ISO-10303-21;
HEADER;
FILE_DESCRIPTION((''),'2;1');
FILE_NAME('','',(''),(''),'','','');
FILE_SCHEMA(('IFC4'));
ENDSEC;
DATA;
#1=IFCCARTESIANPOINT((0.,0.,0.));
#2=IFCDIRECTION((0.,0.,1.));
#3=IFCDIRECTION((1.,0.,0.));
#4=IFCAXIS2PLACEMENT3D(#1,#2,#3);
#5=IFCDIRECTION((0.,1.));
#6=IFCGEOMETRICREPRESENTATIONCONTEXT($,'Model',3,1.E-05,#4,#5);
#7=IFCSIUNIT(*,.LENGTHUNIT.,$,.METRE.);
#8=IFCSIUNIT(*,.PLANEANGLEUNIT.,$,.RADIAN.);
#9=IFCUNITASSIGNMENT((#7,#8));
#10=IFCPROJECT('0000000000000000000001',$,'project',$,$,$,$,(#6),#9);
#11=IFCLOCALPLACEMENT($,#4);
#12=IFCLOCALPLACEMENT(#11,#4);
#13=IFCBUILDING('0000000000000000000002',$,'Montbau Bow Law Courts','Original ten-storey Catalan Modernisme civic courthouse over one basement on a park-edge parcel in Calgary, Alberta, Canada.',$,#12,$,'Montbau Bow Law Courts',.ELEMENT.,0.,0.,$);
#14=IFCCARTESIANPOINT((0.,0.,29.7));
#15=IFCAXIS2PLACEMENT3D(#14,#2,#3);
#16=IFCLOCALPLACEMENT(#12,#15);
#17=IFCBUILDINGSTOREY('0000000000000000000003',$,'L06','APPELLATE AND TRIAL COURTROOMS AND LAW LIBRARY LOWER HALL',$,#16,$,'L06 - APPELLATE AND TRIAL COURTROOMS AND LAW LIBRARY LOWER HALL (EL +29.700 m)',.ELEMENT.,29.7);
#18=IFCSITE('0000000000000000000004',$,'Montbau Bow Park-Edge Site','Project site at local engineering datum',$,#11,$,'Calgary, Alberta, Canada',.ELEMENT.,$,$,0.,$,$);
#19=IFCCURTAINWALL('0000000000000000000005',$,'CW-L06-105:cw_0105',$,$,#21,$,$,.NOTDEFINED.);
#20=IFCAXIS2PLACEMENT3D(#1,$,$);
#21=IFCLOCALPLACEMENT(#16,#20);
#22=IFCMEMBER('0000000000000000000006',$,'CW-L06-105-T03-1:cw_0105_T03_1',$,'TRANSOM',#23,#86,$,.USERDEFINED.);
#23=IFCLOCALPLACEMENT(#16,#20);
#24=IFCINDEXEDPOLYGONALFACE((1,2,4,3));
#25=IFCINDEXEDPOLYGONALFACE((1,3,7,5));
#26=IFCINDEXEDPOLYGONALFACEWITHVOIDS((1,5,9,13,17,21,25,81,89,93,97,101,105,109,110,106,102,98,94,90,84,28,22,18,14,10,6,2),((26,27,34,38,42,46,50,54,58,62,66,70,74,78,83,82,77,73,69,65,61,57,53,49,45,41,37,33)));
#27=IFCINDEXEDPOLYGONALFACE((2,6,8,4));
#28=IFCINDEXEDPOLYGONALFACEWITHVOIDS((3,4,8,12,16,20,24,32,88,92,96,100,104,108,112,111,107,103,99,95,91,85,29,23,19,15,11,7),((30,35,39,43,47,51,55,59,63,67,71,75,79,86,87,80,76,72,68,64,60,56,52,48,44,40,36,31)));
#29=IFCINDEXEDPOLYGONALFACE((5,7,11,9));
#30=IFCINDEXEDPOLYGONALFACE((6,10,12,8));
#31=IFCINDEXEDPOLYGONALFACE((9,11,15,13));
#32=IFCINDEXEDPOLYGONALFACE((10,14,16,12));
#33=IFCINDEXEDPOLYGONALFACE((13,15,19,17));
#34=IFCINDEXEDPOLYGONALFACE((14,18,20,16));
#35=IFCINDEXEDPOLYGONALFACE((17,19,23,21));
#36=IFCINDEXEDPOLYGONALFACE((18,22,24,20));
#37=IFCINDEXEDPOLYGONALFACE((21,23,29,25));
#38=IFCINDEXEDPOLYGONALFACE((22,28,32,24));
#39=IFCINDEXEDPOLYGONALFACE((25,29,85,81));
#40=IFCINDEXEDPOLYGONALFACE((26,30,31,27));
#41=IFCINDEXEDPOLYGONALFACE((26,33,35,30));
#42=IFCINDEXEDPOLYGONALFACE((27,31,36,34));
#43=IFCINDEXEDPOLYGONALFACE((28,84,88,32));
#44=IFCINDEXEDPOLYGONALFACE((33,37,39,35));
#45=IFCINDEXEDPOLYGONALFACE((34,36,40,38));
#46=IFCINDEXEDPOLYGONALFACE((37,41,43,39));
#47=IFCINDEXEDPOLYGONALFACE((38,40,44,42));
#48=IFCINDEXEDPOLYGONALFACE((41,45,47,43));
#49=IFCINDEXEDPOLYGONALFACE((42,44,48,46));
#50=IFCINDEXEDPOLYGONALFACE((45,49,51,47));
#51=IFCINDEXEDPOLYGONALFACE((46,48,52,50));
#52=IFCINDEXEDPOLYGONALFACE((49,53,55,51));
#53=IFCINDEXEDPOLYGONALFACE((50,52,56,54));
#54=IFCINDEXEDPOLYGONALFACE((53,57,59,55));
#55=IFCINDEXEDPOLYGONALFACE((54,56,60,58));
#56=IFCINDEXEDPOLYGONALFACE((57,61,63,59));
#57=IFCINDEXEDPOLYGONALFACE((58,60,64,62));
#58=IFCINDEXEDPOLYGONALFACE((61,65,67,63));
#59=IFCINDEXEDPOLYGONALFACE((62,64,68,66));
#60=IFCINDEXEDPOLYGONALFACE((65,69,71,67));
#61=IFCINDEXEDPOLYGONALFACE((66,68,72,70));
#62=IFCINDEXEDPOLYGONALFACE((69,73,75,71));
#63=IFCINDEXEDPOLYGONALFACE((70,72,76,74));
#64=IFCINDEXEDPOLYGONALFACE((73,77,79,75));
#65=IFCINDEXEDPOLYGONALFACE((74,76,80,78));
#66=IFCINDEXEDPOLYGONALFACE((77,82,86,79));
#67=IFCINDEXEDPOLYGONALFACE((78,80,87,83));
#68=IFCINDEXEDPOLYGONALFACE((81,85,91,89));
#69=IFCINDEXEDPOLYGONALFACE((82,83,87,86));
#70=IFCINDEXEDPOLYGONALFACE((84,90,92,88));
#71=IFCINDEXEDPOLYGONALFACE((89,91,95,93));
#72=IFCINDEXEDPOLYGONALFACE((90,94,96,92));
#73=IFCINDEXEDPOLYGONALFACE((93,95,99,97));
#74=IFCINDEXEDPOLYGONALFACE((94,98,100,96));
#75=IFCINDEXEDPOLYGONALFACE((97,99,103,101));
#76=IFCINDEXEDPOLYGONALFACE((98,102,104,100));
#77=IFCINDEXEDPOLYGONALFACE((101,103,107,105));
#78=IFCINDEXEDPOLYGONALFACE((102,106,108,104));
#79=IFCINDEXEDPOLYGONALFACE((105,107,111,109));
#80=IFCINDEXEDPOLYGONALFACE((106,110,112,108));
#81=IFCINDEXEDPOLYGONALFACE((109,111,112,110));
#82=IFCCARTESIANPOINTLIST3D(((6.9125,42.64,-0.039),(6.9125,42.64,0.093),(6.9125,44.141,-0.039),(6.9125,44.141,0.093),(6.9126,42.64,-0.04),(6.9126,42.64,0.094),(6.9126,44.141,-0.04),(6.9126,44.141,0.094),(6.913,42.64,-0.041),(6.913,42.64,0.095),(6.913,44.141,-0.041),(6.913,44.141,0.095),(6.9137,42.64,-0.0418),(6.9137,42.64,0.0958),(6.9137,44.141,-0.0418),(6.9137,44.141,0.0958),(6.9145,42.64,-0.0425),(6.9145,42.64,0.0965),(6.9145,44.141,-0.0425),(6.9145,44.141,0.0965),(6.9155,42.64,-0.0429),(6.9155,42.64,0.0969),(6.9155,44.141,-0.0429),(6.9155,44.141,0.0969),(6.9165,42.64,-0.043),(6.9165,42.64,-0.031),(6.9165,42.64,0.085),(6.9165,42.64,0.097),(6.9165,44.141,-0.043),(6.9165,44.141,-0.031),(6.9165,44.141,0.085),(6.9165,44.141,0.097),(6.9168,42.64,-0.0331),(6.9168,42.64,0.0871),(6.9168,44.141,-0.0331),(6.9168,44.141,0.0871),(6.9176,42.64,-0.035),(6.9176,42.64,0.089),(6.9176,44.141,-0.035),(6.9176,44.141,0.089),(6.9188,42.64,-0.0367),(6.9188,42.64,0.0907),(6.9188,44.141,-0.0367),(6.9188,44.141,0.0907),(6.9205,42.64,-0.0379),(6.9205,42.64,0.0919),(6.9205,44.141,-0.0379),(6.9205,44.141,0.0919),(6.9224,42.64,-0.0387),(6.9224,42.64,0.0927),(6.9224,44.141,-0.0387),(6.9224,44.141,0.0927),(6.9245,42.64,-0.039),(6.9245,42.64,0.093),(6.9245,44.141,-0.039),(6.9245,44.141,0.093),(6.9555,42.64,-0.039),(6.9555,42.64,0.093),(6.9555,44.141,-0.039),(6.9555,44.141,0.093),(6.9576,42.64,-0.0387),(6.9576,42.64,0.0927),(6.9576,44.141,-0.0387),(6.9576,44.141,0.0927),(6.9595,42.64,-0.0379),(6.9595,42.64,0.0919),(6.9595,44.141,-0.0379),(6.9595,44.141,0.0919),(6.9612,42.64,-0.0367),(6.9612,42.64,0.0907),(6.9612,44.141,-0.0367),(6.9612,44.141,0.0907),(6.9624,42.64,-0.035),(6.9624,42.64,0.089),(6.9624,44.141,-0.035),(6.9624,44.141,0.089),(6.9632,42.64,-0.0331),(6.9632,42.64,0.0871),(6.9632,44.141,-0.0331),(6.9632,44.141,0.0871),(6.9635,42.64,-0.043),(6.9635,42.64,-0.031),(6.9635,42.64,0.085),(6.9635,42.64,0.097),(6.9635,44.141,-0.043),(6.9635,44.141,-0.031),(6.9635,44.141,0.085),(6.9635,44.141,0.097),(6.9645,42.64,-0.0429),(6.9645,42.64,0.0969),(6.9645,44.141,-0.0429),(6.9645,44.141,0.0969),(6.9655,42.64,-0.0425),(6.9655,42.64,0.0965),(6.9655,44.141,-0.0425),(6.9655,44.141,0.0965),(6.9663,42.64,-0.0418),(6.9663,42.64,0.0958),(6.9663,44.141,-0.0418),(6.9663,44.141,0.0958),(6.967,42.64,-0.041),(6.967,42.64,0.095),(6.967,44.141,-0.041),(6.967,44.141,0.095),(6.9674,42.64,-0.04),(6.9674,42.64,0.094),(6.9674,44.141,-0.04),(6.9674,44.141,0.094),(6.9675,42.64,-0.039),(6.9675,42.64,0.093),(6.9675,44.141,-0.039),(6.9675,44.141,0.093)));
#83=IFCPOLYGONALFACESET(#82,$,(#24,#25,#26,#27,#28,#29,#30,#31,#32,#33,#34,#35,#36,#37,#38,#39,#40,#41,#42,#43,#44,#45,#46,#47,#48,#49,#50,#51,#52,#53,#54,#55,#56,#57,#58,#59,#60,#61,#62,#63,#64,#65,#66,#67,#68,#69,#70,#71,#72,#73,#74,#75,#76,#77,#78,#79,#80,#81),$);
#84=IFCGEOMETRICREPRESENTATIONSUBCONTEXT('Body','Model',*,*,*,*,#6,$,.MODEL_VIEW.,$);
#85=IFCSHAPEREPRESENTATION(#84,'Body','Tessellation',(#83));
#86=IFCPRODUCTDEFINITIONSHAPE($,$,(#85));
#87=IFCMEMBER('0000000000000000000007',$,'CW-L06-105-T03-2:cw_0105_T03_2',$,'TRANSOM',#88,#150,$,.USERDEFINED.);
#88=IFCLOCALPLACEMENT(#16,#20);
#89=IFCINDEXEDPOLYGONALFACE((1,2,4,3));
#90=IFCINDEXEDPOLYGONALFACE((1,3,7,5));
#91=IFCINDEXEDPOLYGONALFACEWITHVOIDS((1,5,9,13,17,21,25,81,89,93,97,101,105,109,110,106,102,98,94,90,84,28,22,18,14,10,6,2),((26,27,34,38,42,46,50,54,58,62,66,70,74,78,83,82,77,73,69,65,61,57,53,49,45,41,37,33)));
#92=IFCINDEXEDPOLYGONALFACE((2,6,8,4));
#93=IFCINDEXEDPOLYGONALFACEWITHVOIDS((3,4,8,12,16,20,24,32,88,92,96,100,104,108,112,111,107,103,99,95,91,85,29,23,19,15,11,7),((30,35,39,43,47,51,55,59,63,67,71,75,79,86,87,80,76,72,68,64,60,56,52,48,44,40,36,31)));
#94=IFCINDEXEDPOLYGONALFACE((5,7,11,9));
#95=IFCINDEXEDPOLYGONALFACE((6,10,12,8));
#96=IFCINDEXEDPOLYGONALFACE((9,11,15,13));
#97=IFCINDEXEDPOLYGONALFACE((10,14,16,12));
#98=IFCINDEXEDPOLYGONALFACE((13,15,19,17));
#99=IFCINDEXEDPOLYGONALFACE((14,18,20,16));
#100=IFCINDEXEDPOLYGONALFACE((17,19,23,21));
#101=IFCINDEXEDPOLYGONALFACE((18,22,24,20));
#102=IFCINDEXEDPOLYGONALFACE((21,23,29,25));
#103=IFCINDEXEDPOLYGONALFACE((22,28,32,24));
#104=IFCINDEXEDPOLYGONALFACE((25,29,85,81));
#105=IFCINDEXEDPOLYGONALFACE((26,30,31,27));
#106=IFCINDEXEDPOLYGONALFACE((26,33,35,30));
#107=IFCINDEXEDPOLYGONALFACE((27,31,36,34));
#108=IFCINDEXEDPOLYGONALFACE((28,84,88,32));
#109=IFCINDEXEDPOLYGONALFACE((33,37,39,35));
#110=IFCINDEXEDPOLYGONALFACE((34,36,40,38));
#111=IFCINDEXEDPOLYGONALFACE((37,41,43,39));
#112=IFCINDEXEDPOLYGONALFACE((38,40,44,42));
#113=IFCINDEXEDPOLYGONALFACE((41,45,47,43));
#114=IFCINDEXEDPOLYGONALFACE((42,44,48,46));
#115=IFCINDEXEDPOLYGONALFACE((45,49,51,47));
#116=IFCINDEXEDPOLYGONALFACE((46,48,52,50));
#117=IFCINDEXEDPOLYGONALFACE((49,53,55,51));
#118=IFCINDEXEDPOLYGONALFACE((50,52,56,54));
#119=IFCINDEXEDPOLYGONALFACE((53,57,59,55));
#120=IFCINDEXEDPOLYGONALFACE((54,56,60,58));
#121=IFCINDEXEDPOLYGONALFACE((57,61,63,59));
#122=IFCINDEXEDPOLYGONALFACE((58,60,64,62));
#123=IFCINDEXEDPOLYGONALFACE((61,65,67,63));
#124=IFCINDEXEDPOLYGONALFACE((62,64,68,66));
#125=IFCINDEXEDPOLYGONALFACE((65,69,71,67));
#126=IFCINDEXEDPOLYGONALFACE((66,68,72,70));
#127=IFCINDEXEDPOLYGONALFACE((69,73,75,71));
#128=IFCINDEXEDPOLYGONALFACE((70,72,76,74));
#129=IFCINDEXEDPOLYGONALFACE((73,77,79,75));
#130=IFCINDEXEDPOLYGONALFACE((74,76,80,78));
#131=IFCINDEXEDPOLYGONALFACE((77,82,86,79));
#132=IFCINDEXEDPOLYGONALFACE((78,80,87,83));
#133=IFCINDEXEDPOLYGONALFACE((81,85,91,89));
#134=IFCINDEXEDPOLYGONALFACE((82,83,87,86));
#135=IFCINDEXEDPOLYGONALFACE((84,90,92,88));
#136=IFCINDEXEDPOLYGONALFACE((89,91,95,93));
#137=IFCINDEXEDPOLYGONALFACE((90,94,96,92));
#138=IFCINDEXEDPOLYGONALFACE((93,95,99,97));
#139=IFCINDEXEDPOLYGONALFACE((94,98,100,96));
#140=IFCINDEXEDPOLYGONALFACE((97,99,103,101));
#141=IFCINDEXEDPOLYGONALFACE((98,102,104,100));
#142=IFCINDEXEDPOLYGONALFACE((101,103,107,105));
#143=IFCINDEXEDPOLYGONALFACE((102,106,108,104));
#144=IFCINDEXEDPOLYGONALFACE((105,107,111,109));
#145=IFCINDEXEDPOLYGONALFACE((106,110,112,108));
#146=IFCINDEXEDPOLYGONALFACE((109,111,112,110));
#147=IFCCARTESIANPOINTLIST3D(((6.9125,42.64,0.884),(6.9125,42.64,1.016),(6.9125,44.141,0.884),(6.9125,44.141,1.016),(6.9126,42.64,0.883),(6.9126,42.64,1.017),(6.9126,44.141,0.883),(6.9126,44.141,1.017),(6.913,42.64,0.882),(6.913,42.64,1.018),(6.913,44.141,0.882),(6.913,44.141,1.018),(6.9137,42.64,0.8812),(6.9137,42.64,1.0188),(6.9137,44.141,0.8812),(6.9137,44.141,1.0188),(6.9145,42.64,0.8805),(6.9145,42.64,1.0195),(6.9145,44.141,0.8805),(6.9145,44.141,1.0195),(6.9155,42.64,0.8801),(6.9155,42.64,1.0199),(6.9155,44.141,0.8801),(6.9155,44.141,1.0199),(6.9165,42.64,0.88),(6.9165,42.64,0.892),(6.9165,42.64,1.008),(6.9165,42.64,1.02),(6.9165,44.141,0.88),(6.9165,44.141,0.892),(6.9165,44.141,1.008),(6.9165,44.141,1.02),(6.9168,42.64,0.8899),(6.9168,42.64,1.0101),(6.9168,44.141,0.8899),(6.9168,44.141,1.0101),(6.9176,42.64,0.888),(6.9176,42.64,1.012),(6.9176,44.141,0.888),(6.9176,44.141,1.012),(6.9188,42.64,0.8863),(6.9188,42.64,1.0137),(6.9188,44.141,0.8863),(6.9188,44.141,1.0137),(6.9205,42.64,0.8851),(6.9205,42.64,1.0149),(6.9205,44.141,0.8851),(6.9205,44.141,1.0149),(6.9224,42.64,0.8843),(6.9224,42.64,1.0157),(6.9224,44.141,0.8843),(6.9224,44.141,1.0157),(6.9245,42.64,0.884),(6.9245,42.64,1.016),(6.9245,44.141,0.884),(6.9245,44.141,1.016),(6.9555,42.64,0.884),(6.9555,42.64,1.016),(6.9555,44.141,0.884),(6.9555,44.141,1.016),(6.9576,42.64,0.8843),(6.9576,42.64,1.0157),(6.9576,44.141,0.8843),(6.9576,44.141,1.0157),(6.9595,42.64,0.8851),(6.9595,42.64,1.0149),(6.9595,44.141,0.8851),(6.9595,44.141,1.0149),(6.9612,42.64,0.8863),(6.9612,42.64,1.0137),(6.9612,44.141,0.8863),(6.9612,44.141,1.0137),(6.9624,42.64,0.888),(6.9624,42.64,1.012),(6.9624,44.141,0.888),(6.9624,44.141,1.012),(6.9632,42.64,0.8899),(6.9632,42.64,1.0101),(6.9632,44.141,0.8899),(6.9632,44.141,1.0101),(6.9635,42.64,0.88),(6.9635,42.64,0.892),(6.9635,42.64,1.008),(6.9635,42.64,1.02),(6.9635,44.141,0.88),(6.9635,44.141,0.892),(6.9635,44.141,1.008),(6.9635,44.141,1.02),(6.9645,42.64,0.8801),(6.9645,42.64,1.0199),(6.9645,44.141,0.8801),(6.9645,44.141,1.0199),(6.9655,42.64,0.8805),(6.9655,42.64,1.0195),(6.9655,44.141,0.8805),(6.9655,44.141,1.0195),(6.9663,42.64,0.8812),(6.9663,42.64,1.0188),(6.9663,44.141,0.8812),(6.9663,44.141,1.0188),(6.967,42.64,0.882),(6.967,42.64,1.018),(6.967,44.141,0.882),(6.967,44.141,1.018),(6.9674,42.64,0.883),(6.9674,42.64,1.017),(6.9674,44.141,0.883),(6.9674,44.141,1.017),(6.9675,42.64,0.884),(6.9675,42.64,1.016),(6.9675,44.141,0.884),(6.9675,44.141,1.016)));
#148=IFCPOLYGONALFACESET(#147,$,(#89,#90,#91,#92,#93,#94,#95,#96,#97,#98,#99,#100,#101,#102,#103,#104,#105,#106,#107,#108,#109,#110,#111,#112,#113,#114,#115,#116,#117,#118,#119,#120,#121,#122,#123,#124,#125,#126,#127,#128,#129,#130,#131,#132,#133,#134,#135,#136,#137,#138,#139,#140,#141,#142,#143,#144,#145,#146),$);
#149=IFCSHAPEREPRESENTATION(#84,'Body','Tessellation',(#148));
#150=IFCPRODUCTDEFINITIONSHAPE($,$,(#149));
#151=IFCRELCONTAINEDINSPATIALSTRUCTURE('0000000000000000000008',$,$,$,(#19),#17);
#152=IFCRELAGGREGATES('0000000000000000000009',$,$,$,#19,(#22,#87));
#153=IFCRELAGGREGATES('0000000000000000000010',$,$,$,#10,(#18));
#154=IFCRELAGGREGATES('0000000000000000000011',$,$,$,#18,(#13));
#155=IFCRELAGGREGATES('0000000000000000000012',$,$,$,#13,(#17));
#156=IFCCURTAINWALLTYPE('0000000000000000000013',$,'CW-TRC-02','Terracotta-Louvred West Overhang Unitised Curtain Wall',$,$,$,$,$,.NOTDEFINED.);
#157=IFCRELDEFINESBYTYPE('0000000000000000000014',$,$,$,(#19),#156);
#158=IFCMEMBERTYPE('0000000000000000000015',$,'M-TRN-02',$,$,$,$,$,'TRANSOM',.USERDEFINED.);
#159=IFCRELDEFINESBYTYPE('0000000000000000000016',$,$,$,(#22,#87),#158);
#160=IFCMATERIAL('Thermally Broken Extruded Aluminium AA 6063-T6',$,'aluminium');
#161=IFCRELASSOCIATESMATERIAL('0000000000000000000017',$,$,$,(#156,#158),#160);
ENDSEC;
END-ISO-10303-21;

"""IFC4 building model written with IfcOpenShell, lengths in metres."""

from ifc_helpers import new_model, si_unit, direction, frame, origin_with_axes, origin_2d_with_axis, place, context, subcontext, project, spatial, hollow_rectangle, extrude, material, material_profile, profile_set, type_object, element, aggregate, save


model = new_model("IFC4")

# Units and contexts
model_context = context("Model", 3, precision=1e-05, world=origin_with_axes(), true_north=direction((0.0, 1.0)))
body_context = subcontext(model_context, "Body", "Model", "MODEL_VIEW")
ifc_project = project(units=[si_unit("LENGTHUNIT", "METRE"), si_unit("PLANEANGLEUNIT", "RADIAN")], contexts=[model_context])

# Site, building, storey
site_placement = place(None, origin_with_axes())
site = spatial("IfcSite", under=ifc_project, at=site_placement, Name="Montbau Bow Park-Edge Site", Description="Project site at local engineering datum", LongName="Calgary, Alberta, Canada", CompositionType="ELEMENT", RefElevation=0.0)
building_placement = place(site_placement, origin_with_axes())
building = spatial("IfcBuilding", under=site, at=building_placement, Name="Montbau Bow Law Courts", Description="Original ten-storey Catalan Modernisme civic courthouse over one basement on a park-edge parcel in Calgary, Alberta, Canada.", LongName="Montbau Bow Law Courts", CompositionType="ELEMENT", ElevationOfRefHeight=0.0, ElevationOfTerrain=0.0)
storey_placement = place(building_placement, frame((0.0, 0.0, 29.7), z_axis=(0.0, 0.0, 1.0), x_axis=(1.0, 0.0, 0.0)))
storey = spatial("IfcBuildingStorey", under=building, at=storey_placement, Name="L06", Description="APPELLATE AND TRIAL COURTROOMS AND LAW LIBRARY LOWER HALL", LongName="L06 - APPELLATE AND TRIAL COURTROOMS AND LAW LIBRARY LOWER HALL (EL +29.700 m)", CompositionType="ELEMENT", Elevation=29.7)

# Curtain wall, members
ifc_material_1 = material(Name="Thermally Broken Extruded Aluminium AA 6063-T6", Category="aluminium")
curtain_wall_type = type_object("IfcCurtainWallType", Name="CW-TRC-02", Description="Terracotta-Louvred West Overhang Unitised Curtain Wall", PredefinedType="NOTDEFINED", material=ifc_material_1)
curtain_wall_placement = place(None, frame((6.94, 39.44, 29.7), z_axis=(0.0, 0.0, 1.0), x_axis=(1.0, 0.0, 0.0)))
curtain_wall = element("IfcCurtainWall", 1, at=curtain_wall_placement, inside=storey, type_object=curtain_wall_type, Name="CW-L06-105:cw_0105", PredefinedType="NOTDEFINED")
ifc_material_profile_1 = material_profile(ifc_material_1, hollow_rectangle(XDim=0.055, YDim=0.14, WallThickness=0.004, InnerFilletRadius=0.008, OuterFilletRadius=0.004, at=origin_2d_with_axis()), Name="CWT-140X55", Category="Main", Priority=0)
ifc_profile_set_1 = profile_set([ifc_material_profile_1], Name="Thermally Broken Extruded Aluminium AA 6063-T6")
member_type_1 = type_object("IfcMemberType", Name="M-TRN-02", ElementType="TRANSOM", PredefinedType="USERDEFINED", material=ifc_profile_set_1)
member_1_placement = place(None, frame((6.94, 42.64, 29.727), z_axis=(0.0, 1.0, 0.0), x_axis=(-1.0, 0.0, 0.0)))
member_1 = element("IfcMember", 2, at=member_1_placement, type_object=member_type_1, Name="CW-L06-105-T03-1:cw_0105_T03_1", ObjectType="TRANSOM", PredefinedType="USERDEFINED", context=body_context, shape_type="SweptSolid", body=[
    extrude(hollow_rectangle(XDim=0.055, YDim=0.14, WallThickness=0.004, InnerFilletRadius=0.008, OuterFilletRadius=0.004, at=origin_2d_with_axis()), origin_with_axes(), (0.0, 0.0, 1.0), 1.501),
])
member_2_placement = place(None, frame((6.94, 42.64, 30.65), z_axis=(0.0, 1.0, 0.0), x_axis=(-1.0, 0.0, 0.0)))
member_2 = element("IfcMember", 3, at=member_2_placement, type_object=member_type_1, Name="CW-L06-105-T03-2:cw_0105_T03_2", ObjectType="TRANSOM", PredefinedType="USERDEFINED", context=body_context, shape_type="SweptSolid", body=[
    extrude(hollow_rectangle(XDim=0.055, YDim=0.14, WallThickness=0.004, InnerFilletRadius=0.008, OuterFilletRadius=0.004, at=origin_2d_with_axis()), origin_with_axes(), (0.0, 0.0, 1.0), 1.501),
])
aggregate(curtain_wall, [member_1, member_2])

save(model, "model.ifc")
